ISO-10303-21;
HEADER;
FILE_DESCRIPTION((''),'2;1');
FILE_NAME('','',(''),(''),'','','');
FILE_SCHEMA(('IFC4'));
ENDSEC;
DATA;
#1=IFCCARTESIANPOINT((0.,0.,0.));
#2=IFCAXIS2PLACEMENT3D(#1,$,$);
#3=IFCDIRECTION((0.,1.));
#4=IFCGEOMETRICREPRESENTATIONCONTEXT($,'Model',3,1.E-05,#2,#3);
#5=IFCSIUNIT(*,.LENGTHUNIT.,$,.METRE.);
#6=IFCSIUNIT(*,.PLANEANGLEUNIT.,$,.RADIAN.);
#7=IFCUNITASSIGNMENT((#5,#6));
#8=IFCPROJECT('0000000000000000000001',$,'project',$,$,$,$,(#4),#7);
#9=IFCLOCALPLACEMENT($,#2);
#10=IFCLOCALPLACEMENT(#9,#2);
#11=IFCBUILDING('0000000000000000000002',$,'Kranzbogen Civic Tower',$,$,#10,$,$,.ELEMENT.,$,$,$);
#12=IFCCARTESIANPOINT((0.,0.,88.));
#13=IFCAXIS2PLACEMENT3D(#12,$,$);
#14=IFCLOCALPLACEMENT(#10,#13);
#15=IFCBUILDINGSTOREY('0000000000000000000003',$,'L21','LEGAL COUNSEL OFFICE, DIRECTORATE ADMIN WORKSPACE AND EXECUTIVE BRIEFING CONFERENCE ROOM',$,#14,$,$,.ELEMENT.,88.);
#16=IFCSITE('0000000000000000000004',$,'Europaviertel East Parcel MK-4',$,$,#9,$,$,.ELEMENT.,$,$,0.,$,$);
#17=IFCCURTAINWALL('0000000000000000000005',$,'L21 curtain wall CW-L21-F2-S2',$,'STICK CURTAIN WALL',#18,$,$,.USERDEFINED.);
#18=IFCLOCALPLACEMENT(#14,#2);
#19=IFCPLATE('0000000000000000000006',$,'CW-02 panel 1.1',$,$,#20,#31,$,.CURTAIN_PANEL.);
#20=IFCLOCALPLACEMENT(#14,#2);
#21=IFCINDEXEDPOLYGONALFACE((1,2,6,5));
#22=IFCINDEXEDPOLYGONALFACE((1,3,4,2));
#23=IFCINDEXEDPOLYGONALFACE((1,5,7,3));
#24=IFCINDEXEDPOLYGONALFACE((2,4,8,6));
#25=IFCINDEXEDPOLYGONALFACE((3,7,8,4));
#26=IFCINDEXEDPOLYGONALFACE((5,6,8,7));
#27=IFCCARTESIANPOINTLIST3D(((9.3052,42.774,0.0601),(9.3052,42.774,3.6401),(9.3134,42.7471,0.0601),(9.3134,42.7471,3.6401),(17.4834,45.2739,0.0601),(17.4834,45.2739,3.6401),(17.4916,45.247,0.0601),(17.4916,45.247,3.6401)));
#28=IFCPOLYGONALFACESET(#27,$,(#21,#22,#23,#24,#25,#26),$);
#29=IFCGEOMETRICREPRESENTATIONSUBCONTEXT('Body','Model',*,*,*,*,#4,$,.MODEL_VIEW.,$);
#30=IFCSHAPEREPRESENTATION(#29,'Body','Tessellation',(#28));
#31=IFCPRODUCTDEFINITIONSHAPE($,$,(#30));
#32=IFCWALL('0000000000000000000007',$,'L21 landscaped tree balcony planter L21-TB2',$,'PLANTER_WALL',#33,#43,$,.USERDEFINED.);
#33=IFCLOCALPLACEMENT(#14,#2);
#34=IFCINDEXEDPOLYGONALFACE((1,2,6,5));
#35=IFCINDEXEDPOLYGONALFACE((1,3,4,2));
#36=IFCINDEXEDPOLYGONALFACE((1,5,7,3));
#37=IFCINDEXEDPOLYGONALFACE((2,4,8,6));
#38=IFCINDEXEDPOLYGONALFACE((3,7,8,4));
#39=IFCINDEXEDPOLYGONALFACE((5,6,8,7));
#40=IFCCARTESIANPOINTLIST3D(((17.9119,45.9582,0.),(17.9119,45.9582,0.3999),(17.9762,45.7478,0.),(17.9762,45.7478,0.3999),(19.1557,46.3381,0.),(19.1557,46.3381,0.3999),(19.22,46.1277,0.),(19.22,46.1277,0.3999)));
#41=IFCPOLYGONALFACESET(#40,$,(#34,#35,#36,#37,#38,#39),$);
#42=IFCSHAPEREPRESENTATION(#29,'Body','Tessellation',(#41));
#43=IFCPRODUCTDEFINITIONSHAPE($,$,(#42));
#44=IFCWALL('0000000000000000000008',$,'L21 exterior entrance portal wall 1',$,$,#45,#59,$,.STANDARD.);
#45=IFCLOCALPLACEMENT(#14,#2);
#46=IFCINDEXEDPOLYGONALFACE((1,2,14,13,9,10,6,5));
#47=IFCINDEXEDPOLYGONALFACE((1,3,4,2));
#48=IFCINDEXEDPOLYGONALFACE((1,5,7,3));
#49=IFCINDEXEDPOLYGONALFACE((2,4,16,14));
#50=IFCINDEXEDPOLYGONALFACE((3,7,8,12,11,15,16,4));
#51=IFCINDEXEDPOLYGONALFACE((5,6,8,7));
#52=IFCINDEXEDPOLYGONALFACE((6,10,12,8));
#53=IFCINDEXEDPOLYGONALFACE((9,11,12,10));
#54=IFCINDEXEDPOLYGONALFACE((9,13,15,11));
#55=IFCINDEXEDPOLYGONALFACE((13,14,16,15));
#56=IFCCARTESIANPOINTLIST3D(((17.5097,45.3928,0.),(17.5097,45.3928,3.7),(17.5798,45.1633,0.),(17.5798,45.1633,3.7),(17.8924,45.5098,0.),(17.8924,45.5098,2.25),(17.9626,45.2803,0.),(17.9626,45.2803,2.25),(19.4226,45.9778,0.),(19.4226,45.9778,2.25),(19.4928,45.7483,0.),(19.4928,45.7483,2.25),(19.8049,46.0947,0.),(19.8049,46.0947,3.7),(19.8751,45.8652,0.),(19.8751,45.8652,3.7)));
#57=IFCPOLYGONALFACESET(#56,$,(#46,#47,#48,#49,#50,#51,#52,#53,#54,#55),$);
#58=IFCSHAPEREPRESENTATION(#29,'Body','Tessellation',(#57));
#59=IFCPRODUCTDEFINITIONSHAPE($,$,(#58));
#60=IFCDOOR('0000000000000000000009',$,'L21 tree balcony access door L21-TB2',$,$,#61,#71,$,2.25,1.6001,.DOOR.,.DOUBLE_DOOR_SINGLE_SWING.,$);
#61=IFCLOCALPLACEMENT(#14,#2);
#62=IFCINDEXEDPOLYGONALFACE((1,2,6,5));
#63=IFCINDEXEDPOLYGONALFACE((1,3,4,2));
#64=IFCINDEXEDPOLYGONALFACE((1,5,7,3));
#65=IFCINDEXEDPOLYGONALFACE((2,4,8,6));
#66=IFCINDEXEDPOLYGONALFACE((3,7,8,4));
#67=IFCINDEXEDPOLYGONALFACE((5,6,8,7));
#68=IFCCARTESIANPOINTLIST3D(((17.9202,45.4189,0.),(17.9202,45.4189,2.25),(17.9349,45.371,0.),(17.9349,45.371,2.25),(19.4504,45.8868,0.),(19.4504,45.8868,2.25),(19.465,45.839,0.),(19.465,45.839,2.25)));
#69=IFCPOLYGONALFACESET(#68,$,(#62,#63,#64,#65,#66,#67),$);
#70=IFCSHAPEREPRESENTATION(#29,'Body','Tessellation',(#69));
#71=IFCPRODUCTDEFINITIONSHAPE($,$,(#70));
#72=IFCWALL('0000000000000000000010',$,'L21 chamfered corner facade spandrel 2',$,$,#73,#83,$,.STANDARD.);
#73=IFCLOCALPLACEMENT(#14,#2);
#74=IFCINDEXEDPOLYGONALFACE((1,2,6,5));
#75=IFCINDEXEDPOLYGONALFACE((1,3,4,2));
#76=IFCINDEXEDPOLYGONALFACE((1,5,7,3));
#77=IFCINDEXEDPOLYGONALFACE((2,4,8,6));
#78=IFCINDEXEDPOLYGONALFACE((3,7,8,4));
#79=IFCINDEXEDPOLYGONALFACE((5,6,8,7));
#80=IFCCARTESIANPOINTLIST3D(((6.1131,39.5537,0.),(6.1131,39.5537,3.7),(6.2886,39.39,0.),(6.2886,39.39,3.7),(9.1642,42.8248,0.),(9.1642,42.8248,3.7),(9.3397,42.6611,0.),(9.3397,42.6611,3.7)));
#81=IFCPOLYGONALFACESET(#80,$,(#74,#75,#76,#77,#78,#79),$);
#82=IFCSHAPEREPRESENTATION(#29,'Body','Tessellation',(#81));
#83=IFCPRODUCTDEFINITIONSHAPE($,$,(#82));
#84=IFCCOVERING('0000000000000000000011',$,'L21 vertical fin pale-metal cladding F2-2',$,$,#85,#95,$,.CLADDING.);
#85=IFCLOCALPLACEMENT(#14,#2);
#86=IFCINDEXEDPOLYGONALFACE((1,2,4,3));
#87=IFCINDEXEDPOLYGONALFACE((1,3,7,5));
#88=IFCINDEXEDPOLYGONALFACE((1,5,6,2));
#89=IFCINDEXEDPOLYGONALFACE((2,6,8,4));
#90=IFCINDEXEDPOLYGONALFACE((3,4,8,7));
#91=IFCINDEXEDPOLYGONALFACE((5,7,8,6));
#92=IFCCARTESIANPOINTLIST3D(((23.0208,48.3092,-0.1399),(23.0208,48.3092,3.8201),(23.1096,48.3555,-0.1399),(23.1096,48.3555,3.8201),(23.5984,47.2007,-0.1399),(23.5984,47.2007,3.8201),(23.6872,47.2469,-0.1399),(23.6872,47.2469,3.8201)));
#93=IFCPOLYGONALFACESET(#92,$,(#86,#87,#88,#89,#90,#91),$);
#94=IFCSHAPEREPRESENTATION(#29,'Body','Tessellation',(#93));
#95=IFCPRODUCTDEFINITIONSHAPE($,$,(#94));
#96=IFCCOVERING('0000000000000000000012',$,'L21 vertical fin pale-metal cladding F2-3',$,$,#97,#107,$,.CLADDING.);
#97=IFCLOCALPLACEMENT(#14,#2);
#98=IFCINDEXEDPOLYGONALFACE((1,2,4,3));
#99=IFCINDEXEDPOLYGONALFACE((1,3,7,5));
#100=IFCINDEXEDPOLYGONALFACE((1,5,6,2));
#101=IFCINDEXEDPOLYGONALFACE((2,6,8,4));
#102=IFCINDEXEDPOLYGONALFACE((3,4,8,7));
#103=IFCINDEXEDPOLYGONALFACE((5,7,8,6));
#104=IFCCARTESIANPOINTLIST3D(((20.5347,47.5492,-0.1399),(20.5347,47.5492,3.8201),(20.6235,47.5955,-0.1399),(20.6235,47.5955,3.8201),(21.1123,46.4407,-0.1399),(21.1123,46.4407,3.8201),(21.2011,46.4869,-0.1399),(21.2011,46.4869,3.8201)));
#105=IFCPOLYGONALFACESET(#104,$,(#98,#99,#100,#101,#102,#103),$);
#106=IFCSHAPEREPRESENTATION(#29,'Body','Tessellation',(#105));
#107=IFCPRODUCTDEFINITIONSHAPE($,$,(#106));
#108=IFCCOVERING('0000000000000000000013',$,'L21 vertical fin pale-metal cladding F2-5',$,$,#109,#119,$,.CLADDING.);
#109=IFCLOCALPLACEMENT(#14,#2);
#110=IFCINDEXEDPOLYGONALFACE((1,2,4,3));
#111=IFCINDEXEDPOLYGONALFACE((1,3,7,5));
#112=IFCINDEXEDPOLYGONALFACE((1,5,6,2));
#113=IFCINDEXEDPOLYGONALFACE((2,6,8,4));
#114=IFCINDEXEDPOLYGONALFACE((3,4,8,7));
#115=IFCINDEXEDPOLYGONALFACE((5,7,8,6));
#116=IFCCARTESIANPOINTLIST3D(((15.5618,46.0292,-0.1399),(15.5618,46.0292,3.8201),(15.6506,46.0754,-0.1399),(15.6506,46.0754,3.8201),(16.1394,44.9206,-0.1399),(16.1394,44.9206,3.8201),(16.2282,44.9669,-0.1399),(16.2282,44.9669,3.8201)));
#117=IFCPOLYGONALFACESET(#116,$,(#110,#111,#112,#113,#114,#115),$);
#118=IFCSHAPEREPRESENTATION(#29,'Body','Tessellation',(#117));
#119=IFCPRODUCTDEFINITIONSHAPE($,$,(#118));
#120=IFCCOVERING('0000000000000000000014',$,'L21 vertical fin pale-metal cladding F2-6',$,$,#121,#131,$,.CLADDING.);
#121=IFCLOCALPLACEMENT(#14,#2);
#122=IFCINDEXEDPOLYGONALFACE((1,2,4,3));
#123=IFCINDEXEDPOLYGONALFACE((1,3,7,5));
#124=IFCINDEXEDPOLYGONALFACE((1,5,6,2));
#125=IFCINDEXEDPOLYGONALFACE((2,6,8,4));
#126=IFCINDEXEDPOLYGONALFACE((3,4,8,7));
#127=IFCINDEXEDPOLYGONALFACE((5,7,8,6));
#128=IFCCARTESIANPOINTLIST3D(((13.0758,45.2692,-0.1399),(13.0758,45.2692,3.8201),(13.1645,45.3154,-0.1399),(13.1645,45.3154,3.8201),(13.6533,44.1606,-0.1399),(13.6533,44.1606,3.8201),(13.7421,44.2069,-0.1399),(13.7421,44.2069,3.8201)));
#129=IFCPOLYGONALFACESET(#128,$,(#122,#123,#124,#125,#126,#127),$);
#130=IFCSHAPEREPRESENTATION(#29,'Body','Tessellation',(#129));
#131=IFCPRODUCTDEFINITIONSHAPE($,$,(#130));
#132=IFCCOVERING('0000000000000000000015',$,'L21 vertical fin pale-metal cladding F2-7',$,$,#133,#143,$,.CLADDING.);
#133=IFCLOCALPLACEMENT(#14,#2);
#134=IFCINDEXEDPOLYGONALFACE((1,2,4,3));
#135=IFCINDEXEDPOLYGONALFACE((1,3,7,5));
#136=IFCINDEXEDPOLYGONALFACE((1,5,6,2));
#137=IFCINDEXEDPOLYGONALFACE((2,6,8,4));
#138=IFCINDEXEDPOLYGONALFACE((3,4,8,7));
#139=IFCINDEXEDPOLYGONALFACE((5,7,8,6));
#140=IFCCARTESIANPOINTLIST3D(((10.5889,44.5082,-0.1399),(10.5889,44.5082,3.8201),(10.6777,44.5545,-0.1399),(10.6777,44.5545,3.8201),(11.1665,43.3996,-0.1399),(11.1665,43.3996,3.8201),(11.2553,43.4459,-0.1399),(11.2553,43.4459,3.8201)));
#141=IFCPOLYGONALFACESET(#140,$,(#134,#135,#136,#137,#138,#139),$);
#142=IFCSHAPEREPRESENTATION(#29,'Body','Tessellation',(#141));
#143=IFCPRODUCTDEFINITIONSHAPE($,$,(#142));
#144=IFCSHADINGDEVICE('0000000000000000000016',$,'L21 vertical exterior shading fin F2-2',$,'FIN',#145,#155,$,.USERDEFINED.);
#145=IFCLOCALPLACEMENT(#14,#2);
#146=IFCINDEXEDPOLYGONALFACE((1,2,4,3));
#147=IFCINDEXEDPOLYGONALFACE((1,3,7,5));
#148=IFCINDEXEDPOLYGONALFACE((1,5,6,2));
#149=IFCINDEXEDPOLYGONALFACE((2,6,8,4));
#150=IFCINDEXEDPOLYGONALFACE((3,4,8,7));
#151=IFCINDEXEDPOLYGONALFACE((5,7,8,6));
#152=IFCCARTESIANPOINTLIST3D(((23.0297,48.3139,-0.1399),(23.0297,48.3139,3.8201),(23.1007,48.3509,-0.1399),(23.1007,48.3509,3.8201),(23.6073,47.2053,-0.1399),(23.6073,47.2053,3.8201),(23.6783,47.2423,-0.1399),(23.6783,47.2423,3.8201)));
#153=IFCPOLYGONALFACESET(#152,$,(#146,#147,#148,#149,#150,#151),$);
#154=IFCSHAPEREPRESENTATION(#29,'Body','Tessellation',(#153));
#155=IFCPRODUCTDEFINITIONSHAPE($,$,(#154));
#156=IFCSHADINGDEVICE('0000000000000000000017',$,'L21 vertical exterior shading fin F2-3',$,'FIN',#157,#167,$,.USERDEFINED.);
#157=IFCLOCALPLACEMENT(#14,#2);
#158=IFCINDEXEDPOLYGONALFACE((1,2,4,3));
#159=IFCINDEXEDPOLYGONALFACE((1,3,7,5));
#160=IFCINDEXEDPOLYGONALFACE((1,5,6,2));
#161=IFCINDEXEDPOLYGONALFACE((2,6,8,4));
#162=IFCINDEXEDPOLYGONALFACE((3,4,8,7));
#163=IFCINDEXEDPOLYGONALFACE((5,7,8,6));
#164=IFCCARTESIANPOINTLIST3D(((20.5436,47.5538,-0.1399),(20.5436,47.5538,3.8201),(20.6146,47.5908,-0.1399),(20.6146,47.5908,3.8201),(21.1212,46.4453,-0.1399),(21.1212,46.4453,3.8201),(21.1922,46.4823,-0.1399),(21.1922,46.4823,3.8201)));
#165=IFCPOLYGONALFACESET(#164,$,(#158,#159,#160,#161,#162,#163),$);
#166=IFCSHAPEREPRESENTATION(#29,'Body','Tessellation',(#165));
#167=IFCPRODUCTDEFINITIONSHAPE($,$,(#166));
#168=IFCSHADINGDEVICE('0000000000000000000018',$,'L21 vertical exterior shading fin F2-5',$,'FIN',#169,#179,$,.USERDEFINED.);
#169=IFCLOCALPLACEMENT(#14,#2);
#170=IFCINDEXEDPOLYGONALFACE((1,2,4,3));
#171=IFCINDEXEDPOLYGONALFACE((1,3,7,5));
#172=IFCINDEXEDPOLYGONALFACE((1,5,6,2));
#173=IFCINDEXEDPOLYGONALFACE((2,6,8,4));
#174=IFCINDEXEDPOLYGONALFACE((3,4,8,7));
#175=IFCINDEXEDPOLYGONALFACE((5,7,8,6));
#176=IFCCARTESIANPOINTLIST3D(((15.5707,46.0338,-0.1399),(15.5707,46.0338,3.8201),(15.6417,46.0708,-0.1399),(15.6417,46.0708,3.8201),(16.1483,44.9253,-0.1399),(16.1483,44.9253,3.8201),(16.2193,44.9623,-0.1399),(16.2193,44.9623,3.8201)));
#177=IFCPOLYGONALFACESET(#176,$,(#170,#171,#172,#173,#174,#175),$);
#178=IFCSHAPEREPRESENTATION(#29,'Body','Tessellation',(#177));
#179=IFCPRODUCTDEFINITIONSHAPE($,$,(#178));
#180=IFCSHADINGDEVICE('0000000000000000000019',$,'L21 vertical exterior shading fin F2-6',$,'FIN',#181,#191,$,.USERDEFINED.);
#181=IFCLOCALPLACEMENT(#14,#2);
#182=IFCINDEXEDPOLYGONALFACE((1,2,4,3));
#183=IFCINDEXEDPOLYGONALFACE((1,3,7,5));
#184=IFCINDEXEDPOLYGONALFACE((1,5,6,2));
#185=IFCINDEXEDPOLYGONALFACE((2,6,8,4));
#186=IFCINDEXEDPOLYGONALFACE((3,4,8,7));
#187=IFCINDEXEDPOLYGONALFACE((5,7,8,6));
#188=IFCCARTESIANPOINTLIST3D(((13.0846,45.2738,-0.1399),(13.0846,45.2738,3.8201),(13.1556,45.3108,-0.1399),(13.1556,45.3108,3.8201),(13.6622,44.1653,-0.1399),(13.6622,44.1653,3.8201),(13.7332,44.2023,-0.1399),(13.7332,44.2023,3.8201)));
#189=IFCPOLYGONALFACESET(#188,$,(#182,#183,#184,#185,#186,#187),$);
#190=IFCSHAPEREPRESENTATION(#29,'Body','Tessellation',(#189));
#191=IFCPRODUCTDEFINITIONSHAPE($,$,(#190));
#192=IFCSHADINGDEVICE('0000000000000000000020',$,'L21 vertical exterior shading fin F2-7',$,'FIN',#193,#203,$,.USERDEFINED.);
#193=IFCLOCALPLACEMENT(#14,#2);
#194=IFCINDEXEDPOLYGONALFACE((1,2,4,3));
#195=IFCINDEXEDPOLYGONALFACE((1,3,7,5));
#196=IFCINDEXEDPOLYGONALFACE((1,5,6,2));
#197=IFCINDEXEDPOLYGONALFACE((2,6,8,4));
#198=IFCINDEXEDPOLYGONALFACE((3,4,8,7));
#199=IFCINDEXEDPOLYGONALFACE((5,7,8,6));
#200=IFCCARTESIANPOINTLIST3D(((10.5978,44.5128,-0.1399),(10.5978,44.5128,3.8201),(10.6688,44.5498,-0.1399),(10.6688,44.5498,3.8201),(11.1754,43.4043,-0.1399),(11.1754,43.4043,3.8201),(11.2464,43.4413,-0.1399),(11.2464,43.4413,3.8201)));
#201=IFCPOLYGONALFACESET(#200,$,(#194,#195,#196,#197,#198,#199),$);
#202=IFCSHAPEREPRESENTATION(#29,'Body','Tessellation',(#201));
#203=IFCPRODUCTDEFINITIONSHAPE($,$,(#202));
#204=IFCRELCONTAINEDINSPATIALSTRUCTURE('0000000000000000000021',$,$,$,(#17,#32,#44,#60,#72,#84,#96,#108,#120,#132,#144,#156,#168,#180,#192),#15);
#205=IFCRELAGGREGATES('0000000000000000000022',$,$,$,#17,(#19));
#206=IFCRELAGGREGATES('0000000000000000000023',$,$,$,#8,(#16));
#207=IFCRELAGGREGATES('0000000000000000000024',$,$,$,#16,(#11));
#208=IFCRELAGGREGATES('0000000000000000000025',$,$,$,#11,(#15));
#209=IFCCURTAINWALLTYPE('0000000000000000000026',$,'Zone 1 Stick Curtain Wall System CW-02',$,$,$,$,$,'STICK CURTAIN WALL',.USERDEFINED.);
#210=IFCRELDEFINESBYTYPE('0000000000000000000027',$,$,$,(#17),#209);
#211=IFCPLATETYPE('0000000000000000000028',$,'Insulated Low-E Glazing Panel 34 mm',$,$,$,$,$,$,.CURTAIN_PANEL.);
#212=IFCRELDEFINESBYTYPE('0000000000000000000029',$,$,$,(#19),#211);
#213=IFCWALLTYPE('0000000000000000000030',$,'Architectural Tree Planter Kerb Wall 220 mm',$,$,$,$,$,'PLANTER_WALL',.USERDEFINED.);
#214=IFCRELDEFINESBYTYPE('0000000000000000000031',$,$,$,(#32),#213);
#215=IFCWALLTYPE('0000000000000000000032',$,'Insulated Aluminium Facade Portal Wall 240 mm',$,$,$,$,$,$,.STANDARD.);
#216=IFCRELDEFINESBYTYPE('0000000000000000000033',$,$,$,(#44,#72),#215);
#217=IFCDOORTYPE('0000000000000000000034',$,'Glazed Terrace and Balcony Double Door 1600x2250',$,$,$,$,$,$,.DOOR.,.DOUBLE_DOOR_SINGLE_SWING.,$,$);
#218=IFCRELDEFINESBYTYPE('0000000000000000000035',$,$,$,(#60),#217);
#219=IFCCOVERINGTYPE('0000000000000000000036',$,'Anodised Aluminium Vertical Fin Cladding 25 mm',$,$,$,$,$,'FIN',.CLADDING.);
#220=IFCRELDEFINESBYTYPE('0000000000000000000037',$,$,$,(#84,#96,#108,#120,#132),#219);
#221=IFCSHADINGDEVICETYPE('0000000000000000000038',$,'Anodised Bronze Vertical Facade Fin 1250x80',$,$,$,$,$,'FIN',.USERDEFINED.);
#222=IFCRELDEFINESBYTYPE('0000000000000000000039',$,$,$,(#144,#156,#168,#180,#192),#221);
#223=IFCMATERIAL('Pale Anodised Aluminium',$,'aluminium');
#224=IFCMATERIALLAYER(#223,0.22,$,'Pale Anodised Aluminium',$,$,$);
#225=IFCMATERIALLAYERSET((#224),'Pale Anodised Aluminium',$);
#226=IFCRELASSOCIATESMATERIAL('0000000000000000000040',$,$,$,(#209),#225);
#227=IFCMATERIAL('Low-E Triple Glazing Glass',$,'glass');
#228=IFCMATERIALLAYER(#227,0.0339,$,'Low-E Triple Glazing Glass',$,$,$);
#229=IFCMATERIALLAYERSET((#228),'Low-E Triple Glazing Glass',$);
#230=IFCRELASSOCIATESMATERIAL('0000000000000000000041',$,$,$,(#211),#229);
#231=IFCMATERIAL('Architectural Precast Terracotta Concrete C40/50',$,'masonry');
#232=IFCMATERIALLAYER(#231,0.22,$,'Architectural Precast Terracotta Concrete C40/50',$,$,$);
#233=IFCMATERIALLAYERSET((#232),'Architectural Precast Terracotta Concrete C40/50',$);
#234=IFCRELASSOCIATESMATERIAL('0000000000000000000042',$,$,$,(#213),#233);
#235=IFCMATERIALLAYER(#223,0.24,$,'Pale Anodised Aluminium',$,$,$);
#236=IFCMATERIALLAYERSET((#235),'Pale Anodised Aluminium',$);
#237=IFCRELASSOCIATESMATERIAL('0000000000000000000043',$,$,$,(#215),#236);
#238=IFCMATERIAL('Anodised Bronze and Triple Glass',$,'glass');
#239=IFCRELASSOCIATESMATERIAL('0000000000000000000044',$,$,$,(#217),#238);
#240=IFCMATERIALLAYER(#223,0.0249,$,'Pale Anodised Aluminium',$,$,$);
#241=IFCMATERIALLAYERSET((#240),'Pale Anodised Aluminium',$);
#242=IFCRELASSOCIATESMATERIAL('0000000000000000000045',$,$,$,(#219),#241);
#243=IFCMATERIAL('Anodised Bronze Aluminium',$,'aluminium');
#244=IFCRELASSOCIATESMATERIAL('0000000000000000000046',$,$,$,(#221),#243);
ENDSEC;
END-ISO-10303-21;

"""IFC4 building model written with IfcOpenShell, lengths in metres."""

from ifc_helpers import new_model, si_unit, direction, frame, frame_2d, origin, origin_2d, place, context, subcontext, project, spatial, rectangle, extrude, material, layer, layer_set, type_object, element, fill, aggregate, save


model = new_model("IFC4")

# Units and contexts
model_context = context("Model", 3, precision=1e-05, world=origin(), true_north=direction((0.0, 1.0)))
body_context = subcontext(model_context, "Body", "Model", "MODEL_VIEW")
ifc_project = project(units=[si_unit("LENGTHUNIT", "METRE"), si_unit("PLANEANGLEUNIT", "RADIAN")], contexts=[model_context])

# Site, building, storey
site_placement = place(None, origin())
site = spatial("IfcSite", under=ifc_project, at=site_placement, Name="Europaviertel East Parcel MK-4", CompositionType="ELEMENT", RefElevation=0.0)
building_placement = place(site_placement, origin())
building = spatial("IfcBuilding", under=site, at=building_placement, Name="Kranzbogen Civic Tower", CompositionType="ELEMENT")
storey_placement = place(building_placement, frame((0.0, 0.0, 88.0)))
storey = spatial("IfcBuildingStorey", under=building, at=storey_placement, Name="L21", Description="LEGAL COUNSEL OFFICE, DIRECTORATE ADMIN WORKSPACE AND EXECUTIVE BRIEFING CONFERENCE ROOM", CompositionType="ELEMENT", Elevation=88.0)

# Shared definitions
ifc_material_1 = material(Name="Pale Anodised Aluminium", Category="aluminium")
ifc_layer_1 = layer(ifc_material_1, 0.22, Name="Pale Anodised Aluminium")
ifc_layer_set_1 = layer_set([ifc_layer_1], Name="Pale Anodised Aluminium")
curtain_wall_type = type_object("IfcCurtainWallType", Name="Zone 1 Stick Curtain Wall System CW-02", ElementType="STICK CURTAIN WALL", PredefinedType="USERDEFINED", material=ifc_layer_set_1)

# Curtain wall
curtain_wall_1_placement = place(storey_placement, origin())
curtain_wall_1 = element("IfcCurtainWall", 1, at=curtain_wall_1_placement, inside=storey, type_object=curtain_wall_type, Name="L21 curtain wall CW-L21-F2-S2", ObjectType="STICK CURTAIN WALL", PredefinedType="USERDEFINED")

# Plate
ifc_material_2 = material(Name="Low-E Triple Glazing Glass", Category="glass")
ifc_layer_2 = layer(ifc_material_2, 0.0339, Name="Low-E Triple Glazing Glass")
ifc_layer_set_2 = layer_set([ifc_layer_2], Name="Low-E Triple Glazing Glass")
plate_type = type_object("IfcPlateType", Name="Insulated Low-E Glazing Panel 34 mm", PredefinedType="CURTAIN_PANEL", material=ifc_layer_set_2)
plate_placement = place(storey_placement, frame((13.3984, 44.0105, 0.0601), z_axis=(0.0, 0.0, 1.0), x_axis=(-0.956318, -0.292327, 0.0)))
plate = element("IfcPlate", 2, at=plate_placement, type_object=plate_type, Name="CW-02 panel 1.1", PredefinedType="CURTAIN_PANEL", context=body_context, shape_type="SweptSolid", body=[
    extrude(rectangle(XDim=8.5518, YDim=0.0281, at=origin_2d()), origin(), (0.0, 0.0, 1.0), 3.5801),
])
aggregate(curtain_wall_1, [plate])

# Wall
ifc_material_3 = material(Name="Architectural Precast Terracotta Concrete C40/50", Category="masonry")
ifc_layer_3 = layer(ifc_material_3, 0.22, Name="Architectural Precast Terracotta Concrete C40/50")
ifc_layer_set_3 = layer_set([ifc_layer_3], Name="Architectural Precast Terracotta Concrete C40/50")
wall_type_1 = type_object("IfcWallType", Name="Architectural Tree Planter Kerb Wall 220 mm", ElementType="PLANTER_WALL", PredefinedType="USERDEFINED", material=ifc_layer_set_3)
wall_1_placement = place(storey_placement, frame((19.188, 46.2329, 0.0), z_axis=(0.0, 0.0, 1.0), x_axis=(-0.956394, -0.29208, 0.0)))
element("IfcWall", 3, at=wall_1_placement, inside=storey, type_object=wall_type_1, Name="L21 landscaped tree balcony planter L21-TB2", ObjectType="PLANTER_WALL", PredefinedType="USERDEFINED", context=body_context, shape_type="SweptSolid", body=[
    extrude(rectangle(XDim=1.3005, YDim=0.22, at=frame_2d((0.6504, 0.0))), origin(), (0.0, 0.0, 1.0), 0.3999),
])

# Wall, opening, door
ifc_layer_4 = layer(ifc_material_1, 0.24, Name="Pale Anodised Aluminium")
ifc_layer_set_4 = layer_set([ifc_layer_4], Name="Pale Anodised Aluminium")
wall_type_2 = type_object("IfcWallType", Name="Insulated Aluminium Facade Portal Wall 240 mm", PredefinedType="STANDARD", material=ifc_layer_set_4)
wall_2_placement = place(storey_placement, frame((19.8401, 45.98, 0.0), z_axis=(0.0, 0.0, 1.0), x_axis=(-0.956281, -0.292449, 0.0)))
wall_2 = element("IfcWall", 4, at=wall_2_placement, inside=storey, type_object=wall_type_2, Name="L21 exterior entrance portal wall 1", PredefinedType="STANDARD", context=body_context, shape_type="SweptSolid", body=[
    extrude(rectangle(XDim=2.4001, YDim=0.24, at=frame_2d((1.2002, 0.0))), origin(), (0.0, 0.0, 1.0), 3.7),
])
opening_placement = place(wall_2_placement, frame((0.3999, 0.0, 0.0)))
opening = element("IfcOpeningElement", 5, at=opening_placement, cuts=wall_2, PredefinedType="OPENING", context=body_context, shape_type="SweptSolid", body=[
    extrude(rectangle(XDim=1.6001, YDim=2.25, at=frame_2d((0.8, 1.125))), frame((0.0, 0.1299, 0.0), z_axis=(0.0, -1.0, 0.0), x_axis=(1.0, 0.0, 0.0)), (0.0, 0.0, 1.0), 0.26),
])
ifc_material_4 = material(Name="Anodised Bronze and Triple Glass", Category="glass")
door_type = type_object("IfcDoorType", Name="Glazed Terrace and Balcony Double Door 1600x2250", OperationType="DOUBLE_DOOR_SINGLE_SWING", PredefinedType="DOOR", material=ifc_material_4)
door_placement = place(opening_placement, frame((1.6001, 0.0, 0.0), z_axis=(0.0, 0.0, 1.0), x_axis=(-1.0, 0.0, 0.0)))
door = element("IfcDoor", 6, at=door_placement, inside=storey, type_object=door_type, Name="L21 tree balcony access door L21-TB2", OperationType="DOUBLE_DOOR_SINGLE_SWING", OverallHeight=2.25, OverallWidth=1.6001, PredefinedType="DOOR", context=body_context, shape_type="SweptSolid", body=[
    extrude(rectangle(XDim=1.6001, YDim=2.25, at=frame_2d((0.8, 1.125))), frame((0.0, 0.0249, 0.0), z_axis=(0.0, -1.0, 0.0), x_axis=(1.0, 0.0, 0.0)), (0.0, 0.0, 1.0), 0.05),
])
fill(opening, door)

# Wall
wall_3_placement = place(storey_placement, frame((9.252, 42.7429, 0.0), z_axis=(0.0, 0.0, 1.0), x_axis=(-0.682091, -0.731268, 0.0)))
element("IfcWall", 7, at=wall_3_placement, inside=storey, type_object=wall_type_2, Name="L21 chamfered corner facade spandrel 2", PredefinedType="STANDARD", context=body_context, shape_type="SweptSolid", body=[
    extrude(rectangle(XDim=4.4731, YDim=0.24, at=frame_2d((2.2366, 0.0))), origin(), (0.0, 0.0, 1.0), 3.7),
])

# Coverings
ifc_layer_5 = layer(ifc_material_1, 0.0249, Name="Pale Anodised Aluminium")
ifc_layer_set_5 = layer_set([ifc_layer_5], Name="Pale Anodised Aluminium")
covering_type = type_object("IfcCoveringType", Name="Anodised Aluminium Vertical Fin Cladding 25 mm", ElementType="FIN", PredefinedType="CLADDING", material=ifc_layer_set_5)
for number, where, z_axis, x_axis, name in (
    (8, (23.354, 47.7781, -0.1399), (0.0, 0.0, 1.0), (-0.462074, 0.886842, 0.0), "L21 vertical fin pale-metal cladding F2-2"),
    (9, (20.8679, 47.0181, -0.1399), (0.0, 0.0, 1.0), (-0.462074, 0.886842, 0.0), "L21 vertical fin pale-metal cladding F2-3"),
    (10, (15.895, 45.498, -0.1399), (0.0, 0.0, 1.0), (-0.462074, 0.886842, 0.0), "L21 vertical fin pale-metal cladding F2-5"),
    (11, (13.4089, 44.738, -0.1399), (0.0, 0.0, 1.0), (-0.462074, 0.886842, 0.0), "L21 vertical fin pale-metal cladding F2-6"),
    (12, (10.9221, 43.9771, -0.1399), (0.0, 0.0, 1.0), (-0.462074, 0.886842, 0.0), "L21 vertical fin pale-metal cladding F2-7"),
):
    element("IfcCovering", number, at=place(storey_placement, frame(where, z_axis=z_axis, x_axis=x_axis)), inside=storey, type_object=covering_type, Name=name, PredefinedType="CLADDING", context=body_context, shape_type="SweptSolid", body=[
        extrude(rectangle(XDim=1.25, YDim=0.1001, at=origin_2d()), origin(), (0.0, 0.0, 1.0), 3.96),
    ])

# Shading devices
ifc_material_5 = material(Name="Anodised Bronze Aluminium", Category="aluminium")
shading_device_type = type_object("IfcShadingDeviceType", Name="Anodised Bronze Vertical Facade Fin 1250x80", ElementType="FIN", PredefinedType="USERDEFINED", material=ifc_material_5)
for number, where, z_axis, x_axis, name in (
    (13, (23.354, 47.7781, -0.1399), (0.0, 0.0, 1.0), (-0.462074, 0.886842, 0.0), "L21 vertical exterior shading fin F2-2"),
    (14, (20.8679, 47.0181, -0.1399), (0.0, 0.0, 1.0), (-0.462074, 0.886842, 0.0), "L21 vertical exterior shading fin F2-3"),
    (15, (15.895, 45.498, -0.1399), (0.0, 0.0, 1.0), (-0.462074, 0.886842, 0.0), "L21 vertical exterior shading fin F2-5"),
    (16, (13.4089, 44.738, -0.1399), (0.0, 0.0, 1.0), (-0.462074, 0.886842, 0.0), "L21 vertical exterior shading fin F2-6"),
    (17, (10.9221, 43.9771, -0.1399), (0.0, 0.0, 1.0), (-0.462074, 0.886842, 0.0), "L21 vertical exterior shading fin F2-7"),
):
    element("IfcShadingDevice", number, at=place(storey_placement, frame(where, z_axis=z_axis, x_axis=x_axis)), inside=storey, type_object=shading_device_type, Name=name, ObjectType="FIN", PredefinedType="USERDEFINED", context=body_context, shape_type="SweptSolid", body=[
        extrude(rectangle(XDim=1.25, YDim=0.0801, at=origin_2d()), origin(), (0.0, 0.0, 1.0), 3.96),
    ])

save(model, "model.ifc")
